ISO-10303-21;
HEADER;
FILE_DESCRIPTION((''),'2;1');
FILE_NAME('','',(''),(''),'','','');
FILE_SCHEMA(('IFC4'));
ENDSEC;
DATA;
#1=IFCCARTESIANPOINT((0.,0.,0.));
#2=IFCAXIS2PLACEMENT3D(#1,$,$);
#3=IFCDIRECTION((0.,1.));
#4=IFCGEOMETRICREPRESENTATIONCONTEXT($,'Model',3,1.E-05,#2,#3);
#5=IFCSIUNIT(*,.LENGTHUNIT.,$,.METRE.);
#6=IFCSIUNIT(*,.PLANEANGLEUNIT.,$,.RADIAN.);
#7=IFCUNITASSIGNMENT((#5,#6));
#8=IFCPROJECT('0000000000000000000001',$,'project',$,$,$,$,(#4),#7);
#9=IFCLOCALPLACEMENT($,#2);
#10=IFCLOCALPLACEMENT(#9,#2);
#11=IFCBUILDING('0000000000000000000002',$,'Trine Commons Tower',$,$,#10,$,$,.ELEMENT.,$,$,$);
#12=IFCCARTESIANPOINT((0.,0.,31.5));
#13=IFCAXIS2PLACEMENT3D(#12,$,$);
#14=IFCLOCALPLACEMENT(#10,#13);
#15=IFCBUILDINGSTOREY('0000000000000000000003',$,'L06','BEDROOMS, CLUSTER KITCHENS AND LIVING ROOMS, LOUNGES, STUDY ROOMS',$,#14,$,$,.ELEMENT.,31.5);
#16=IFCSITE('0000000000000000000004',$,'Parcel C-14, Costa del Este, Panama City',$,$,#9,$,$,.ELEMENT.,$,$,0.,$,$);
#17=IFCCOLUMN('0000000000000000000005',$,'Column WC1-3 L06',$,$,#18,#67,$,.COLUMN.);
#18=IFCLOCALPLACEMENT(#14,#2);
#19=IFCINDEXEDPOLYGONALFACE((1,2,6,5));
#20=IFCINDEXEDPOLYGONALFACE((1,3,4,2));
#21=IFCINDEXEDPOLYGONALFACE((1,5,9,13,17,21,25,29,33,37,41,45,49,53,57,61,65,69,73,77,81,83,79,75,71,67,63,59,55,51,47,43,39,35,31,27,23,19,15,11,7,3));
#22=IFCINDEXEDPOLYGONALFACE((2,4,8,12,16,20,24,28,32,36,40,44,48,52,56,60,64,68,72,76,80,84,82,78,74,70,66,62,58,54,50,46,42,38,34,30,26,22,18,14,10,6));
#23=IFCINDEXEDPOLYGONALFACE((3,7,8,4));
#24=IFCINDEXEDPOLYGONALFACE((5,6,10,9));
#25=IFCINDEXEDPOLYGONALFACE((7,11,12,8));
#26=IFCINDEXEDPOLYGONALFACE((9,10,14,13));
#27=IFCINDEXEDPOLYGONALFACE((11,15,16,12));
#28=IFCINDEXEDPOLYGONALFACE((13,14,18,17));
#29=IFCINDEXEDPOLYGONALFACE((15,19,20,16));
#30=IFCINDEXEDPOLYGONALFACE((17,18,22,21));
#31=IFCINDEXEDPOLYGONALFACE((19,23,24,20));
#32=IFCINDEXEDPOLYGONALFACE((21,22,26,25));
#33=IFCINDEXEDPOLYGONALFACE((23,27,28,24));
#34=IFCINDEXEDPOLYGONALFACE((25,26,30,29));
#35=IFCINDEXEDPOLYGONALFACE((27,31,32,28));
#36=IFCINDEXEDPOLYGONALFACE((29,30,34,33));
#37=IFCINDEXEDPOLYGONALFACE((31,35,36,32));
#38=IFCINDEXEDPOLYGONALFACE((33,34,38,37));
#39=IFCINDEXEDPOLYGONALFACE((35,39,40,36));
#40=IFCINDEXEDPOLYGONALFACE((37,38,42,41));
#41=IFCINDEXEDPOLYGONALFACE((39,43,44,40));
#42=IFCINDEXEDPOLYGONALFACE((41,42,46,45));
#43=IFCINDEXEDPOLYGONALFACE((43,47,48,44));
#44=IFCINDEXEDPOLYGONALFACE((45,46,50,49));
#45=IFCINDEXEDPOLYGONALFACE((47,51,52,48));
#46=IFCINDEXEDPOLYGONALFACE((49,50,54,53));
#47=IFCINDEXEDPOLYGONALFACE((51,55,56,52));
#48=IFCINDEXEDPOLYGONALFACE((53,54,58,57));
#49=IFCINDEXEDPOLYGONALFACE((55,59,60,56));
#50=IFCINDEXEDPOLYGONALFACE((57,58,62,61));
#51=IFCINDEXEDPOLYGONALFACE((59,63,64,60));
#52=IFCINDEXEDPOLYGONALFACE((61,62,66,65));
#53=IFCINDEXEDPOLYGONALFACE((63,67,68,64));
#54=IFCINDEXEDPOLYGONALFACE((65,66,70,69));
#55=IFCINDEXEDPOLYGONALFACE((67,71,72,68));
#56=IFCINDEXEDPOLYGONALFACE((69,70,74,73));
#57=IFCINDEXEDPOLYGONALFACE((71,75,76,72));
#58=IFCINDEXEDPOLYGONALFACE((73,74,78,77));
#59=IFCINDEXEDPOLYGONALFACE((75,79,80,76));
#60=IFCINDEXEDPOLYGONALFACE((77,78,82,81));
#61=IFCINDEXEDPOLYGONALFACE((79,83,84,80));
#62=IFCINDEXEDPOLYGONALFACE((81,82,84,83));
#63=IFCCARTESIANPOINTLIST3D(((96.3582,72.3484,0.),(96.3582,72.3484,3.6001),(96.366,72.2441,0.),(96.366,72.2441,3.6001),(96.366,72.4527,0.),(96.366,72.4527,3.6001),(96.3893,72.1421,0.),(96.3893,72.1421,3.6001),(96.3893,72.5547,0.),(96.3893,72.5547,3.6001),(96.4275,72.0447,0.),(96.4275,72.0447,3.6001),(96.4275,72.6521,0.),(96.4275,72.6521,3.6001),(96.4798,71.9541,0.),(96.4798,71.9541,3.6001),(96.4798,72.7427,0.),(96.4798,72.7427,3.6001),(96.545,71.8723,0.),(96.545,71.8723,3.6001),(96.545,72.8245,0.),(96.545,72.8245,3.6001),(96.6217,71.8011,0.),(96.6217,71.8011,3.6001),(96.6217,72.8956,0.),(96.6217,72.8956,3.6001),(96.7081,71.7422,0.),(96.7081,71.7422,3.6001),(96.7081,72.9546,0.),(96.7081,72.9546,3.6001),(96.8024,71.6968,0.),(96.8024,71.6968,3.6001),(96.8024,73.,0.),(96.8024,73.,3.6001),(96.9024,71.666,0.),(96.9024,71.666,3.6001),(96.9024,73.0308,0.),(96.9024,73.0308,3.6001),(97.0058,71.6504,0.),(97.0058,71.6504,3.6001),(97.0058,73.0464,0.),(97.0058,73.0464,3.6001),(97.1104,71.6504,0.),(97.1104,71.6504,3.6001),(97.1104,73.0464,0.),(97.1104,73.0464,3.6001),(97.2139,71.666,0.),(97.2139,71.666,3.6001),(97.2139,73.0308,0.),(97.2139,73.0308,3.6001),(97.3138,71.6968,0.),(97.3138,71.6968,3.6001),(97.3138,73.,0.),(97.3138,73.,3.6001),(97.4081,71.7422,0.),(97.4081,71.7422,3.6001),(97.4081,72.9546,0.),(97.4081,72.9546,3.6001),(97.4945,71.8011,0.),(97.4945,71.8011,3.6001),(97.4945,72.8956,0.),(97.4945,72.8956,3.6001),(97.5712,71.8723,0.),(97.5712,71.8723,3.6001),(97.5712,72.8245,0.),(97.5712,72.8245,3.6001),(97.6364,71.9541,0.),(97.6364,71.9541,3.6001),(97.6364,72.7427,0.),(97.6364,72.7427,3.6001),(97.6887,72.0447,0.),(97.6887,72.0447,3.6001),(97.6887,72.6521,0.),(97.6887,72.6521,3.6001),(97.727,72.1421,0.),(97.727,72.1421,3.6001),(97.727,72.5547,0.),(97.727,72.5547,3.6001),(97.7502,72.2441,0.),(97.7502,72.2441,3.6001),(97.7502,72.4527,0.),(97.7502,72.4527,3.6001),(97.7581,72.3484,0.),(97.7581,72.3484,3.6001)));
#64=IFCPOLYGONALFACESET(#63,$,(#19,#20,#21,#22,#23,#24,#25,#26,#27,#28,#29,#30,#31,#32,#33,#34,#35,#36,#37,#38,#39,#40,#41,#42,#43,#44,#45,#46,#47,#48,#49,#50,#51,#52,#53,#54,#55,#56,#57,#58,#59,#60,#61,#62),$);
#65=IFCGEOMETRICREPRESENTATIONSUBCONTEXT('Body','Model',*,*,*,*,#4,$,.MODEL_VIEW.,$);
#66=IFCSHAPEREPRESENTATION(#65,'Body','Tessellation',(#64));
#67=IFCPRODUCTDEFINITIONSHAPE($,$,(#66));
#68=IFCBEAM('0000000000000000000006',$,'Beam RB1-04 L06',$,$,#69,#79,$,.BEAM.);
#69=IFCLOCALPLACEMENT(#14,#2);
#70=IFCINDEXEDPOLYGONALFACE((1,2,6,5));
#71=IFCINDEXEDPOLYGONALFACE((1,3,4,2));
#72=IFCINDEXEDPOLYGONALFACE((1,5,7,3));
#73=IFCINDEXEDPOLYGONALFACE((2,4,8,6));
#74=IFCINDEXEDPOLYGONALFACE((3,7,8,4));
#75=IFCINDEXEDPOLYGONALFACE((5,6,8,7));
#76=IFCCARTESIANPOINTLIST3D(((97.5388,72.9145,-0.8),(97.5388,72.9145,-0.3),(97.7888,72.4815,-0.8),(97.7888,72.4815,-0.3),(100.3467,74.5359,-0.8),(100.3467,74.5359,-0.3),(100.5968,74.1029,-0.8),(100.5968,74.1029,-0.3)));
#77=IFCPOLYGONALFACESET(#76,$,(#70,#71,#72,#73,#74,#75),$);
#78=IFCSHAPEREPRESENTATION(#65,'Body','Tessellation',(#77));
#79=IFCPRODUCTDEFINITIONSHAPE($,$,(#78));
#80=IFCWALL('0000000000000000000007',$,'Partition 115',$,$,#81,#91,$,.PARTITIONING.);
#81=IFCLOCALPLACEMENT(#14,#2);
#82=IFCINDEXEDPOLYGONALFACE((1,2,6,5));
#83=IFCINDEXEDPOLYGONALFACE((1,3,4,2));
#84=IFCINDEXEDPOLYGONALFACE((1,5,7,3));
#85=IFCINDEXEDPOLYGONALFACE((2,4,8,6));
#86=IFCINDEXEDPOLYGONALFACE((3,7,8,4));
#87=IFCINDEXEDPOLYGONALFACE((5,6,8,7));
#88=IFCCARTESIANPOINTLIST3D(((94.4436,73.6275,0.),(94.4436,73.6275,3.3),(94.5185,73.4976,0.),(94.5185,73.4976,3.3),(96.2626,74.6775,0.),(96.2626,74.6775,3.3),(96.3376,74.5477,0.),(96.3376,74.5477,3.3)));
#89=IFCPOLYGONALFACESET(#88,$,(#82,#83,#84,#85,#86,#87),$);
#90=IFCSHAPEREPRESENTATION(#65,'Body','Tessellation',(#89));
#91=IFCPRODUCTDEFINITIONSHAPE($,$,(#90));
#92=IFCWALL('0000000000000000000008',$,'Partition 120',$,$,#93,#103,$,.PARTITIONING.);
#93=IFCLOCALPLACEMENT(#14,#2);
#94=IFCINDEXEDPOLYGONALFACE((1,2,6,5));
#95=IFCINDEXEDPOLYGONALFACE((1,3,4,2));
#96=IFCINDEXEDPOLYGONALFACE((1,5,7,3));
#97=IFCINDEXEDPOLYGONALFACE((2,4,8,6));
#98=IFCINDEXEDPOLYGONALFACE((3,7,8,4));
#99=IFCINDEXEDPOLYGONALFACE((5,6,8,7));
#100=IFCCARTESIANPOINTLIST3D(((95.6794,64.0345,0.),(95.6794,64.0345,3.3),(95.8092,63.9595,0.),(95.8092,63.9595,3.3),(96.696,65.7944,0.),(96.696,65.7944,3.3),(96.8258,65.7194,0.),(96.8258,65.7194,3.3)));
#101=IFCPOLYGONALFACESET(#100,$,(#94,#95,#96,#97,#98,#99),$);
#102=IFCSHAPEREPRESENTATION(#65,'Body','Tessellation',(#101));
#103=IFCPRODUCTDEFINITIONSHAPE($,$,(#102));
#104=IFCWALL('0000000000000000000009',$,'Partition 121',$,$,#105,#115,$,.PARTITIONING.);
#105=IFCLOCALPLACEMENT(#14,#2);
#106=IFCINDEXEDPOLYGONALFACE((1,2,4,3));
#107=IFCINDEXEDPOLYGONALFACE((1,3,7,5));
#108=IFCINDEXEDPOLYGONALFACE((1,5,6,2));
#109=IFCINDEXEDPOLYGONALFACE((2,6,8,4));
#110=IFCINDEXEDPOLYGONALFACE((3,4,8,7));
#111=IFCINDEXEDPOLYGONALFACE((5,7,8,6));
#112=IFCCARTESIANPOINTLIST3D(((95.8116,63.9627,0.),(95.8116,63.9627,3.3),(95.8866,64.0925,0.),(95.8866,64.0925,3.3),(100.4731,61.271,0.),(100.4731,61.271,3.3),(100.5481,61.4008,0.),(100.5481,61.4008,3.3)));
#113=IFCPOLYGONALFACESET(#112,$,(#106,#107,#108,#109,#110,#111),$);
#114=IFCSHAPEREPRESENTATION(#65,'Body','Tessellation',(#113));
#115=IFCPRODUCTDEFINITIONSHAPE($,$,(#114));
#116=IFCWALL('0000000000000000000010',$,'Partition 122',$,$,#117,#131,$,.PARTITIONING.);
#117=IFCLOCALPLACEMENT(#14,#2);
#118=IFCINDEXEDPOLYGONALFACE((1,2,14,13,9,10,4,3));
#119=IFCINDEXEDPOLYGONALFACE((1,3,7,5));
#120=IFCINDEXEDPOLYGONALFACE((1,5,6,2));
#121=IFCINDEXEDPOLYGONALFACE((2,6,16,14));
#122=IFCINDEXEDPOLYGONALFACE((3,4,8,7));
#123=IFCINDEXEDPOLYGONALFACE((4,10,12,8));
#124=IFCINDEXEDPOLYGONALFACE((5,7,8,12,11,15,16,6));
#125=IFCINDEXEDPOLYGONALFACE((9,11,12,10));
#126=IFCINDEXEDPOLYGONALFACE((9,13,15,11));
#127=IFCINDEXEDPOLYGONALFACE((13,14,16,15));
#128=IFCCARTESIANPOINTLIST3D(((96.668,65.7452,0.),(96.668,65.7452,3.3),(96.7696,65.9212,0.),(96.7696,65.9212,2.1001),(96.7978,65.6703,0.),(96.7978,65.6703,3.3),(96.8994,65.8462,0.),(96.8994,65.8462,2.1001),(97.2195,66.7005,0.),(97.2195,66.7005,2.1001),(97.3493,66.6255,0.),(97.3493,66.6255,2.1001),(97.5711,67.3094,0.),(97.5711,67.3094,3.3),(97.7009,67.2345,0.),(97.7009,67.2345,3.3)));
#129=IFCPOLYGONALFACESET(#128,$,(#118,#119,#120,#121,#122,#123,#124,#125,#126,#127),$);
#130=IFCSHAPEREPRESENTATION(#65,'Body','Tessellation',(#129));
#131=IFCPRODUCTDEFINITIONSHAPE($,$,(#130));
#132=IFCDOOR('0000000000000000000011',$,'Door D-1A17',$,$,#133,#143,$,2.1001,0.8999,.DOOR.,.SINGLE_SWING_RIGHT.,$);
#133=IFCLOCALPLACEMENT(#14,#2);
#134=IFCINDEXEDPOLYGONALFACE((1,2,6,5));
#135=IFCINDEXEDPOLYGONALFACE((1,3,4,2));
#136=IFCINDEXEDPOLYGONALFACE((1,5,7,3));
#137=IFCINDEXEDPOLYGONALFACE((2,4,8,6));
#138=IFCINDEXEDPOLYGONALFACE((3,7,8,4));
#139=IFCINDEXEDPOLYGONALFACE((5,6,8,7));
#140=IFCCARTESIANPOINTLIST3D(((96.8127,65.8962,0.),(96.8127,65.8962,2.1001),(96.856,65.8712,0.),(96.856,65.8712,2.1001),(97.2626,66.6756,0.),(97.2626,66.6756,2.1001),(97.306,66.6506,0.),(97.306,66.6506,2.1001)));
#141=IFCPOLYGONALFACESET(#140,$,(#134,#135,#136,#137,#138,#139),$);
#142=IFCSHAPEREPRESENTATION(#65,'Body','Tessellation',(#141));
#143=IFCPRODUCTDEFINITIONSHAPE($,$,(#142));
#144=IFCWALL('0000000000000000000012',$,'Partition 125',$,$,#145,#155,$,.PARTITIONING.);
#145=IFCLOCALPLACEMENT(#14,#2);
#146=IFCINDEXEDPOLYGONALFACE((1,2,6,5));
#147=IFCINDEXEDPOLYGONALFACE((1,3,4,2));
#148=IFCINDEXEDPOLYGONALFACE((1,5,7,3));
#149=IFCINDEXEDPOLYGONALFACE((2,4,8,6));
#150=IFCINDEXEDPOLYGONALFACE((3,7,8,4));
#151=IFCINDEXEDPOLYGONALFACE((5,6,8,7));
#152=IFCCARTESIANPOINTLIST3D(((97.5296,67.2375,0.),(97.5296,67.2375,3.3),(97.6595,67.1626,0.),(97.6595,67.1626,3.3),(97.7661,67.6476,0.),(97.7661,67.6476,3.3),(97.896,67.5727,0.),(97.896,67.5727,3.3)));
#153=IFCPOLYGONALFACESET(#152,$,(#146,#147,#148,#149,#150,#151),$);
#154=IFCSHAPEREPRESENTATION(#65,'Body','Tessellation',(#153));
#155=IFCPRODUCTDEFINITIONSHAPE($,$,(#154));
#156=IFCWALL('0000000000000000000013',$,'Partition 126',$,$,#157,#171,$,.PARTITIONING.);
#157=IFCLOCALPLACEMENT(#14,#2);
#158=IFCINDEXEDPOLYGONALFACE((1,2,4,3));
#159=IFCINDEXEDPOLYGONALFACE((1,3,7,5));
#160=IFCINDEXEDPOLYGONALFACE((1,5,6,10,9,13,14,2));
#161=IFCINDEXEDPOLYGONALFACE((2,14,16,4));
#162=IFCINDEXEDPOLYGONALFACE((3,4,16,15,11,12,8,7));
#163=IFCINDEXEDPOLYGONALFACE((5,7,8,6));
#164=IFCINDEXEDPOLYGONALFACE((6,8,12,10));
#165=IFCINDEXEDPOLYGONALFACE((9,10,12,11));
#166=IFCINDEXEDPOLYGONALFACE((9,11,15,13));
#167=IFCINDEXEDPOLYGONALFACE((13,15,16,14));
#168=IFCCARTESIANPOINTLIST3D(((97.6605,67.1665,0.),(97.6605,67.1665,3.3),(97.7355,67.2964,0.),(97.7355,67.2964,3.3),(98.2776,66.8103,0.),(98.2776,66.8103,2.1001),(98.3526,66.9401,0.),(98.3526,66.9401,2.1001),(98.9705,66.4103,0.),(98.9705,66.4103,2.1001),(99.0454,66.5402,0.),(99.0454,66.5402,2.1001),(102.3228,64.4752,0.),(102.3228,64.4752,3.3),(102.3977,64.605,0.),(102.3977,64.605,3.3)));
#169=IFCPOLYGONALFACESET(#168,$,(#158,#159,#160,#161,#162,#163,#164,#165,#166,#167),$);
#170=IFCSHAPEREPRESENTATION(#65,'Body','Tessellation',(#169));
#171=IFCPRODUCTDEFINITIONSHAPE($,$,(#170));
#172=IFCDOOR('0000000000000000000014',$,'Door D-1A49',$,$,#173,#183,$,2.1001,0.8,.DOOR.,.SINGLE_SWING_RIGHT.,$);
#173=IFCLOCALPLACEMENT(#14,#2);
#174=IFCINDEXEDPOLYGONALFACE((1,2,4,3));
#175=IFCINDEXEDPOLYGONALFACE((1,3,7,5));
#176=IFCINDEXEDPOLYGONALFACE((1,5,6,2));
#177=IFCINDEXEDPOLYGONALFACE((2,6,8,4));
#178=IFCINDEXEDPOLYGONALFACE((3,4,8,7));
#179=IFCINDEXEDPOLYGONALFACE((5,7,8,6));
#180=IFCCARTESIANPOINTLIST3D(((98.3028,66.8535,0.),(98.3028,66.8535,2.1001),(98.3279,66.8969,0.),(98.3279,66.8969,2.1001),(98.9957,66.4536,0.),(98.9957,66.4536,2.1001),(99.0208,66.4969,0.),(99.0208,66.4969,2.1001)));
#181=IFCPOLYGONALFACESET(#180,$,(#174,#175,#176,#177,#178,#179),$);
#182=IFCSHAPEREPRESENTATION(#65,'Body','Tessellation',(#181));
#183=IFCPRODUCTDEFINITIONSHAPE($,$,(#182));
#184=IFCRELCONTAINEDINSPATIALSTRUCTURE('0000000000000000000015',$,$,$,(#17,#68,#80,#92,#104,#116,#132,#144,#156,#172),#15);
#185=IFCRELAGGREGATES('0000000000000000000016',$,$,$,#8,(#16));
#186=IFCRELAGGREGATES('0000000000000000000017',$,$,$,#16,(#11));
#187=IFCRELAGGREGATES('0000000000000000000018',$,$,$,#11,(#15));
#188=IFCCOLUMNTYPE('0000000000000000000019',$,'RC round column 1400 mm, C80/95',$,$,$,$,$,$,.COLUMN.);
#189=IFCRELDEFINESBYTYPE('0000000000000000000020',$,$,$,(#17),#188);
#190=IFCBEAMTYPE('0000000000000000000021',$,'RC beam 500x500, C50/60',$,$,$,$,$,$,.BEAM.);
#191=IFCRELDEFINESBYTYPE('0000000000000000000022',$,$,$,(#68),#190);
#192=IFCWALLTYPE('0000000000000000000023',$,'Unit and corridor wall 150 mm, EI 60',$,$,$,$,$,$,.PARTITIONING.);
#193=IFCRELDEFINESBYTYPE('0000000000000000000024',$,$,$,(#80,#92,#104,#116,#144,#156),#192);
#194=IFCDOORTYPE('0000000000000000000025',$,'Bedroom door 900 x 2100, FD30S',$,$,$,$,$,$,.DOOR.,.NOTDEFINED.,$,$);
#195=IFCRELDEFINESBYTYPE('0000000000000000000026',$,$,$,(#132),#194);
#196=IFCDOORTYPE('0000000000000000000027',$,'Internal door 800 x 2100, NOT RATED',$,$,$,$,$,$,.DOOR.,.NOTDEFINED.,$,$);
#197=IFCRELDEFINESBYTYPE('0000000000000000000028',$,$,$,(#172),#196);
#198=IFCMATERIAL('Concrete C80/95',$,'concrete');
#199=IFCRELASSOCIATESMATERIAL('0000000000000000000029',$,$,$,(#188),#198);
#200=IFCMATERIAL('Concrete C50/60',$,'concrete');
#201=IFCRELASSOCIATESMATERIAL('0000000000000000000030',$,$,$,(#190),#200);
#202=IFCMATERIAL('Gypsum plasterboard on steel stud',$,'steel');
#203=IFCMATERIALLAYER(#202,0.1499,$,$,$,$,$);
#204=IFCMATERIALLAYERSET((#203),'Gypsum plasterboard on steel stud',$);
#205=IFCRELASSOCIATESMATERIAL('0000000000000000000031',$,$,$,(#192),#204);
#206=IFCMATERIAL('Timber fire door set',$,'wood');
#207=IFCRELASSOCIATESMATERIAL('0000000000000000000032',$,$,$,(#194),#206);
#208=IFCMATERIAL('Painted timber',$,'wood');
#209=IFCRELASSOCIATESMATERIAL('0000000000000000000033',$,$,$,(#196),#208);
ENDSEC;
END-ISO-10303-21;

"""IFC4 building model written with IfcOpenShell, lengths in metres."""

from ifc_helpers import new_model, si_unit, direction, frame, frame_2d, origin, origin_2d, place, context, subcontext, project, spatial, rectangle, circle, extrude, material, layer, layer_set, material_profile, profile_set, type_object, element, fill, save


model = new_model("IFC4")

# Units and contexts
model_context = context("Model", 3, precision=1e-05, world=origin(), true_north=direction((0.0, 1.0)))
body_context = subcontext(model_context, "Body", "Model", "MODEL_VIEW")
ifc_project = project(units=[si_unit("LENGTHUNIT", "METRE"), si_unit("PLANEANGLEUNIT", "RADIAN")], contexts=[model_context])

# Site, building, storey
site_placement = place(None, origin())
site = spatial("IfcSite", under=ifc_project, at=site_placement, Name="Parcel C-14, Costa del Este, Panama City", CompositionType="ELEMENT", RefElevation=0.0)
building_placement = place(site_placement, origin())
building = spatial("IfcBuilding", under=site, at=building_placement, Name="Trine Commons Tower", CompositionType="ELEMENT")
storey_placement = place(building_placement, frame((0.0, 0.0, 31.5)))
storey = spatial("IfcBuildingStorey", under=building, at=storey_placement, Name="L06", Description="BEDROOMS, CLUSTER KITCHENS AND LIVING ROOMS, LOUNGES, STUDY ROOMS", CompositionType="ELEMENT", Elevation=31.5)

# Column
ifc_material_1 = material(Name="Concrete C80/95", Category="concrete")
ifc_material_profile_1 = material_profile(ifc_material_1, circle(Radius=0.7, at=origin_2d()), Name="RC round 1400")
ifc_profile_set_1 = profile_set([ifc_material_profile_1], Name="Concrete C80/95")
column_type = type_object("IfcColumnType", Name="RC round column 1400 mm, C80/95", PredefinedType="COLUMN", material=ifc_profile_set_1)
column_placement = place(storey_placement, frame((97.0581, 72.3484, 0.0), z_axis=(0.0, 0.0, 1.0), x_axis=(1.0, 0.0, 0.0)))
element("IfcColumn", 1, at=column_placement, inside=storey, type_object=column_type, Name="Column WC1-3 L06", PredefinedType="COLUMN", context=body_context, shape_type="SweptSolid", body=[
    extrude(circle(Radius=0.7, at=origin_2d()), origin(), (0.0, 0.0, 1.0), 3.6001),
])

# Beam
ifc_material_2 = material(Name="Concrete C50/60", Category="concrete")
ifc_material_profile_2 = material_profile(ifc_material_2, rectangle(XDim=0.5, YDim=0.5, at=origin_2d()), Name="RC 500x500")
ifc_profile_set_2 = profile_set([ifc_material_profile_2], Name="Concrete C50/60")
beam_type = type_object("IfcBeamType", Name="RC beam 500x500, C50/60", PredefinedType="BEAM", material=ifc_profile_set_2)
beam_placement = place(storey_placement, frame((97.6638, 72.698, -0.55), z_axis=(0.865996, 0.500051, 0.0), x_axis=(-0.500051, 0.865996, 0.0)))
element("IfcBeam", 2, at=beam_placement, inside=storey, type_object=beam_type, Name="Beam RB1-04 L06", PredefinedType="BEAM", context=body_context, shape_type="SweptSolid", body=[
    extrude(rectangle(XDim=0.5, YDim=0.5, at=origin_2d()), origin(), (0.0, 0.0, 1.0), 3.2424),
])

# Walls
ifc_material_3 = material(Name="Gypsum plasterboard on steel stud", Category="steel")
ifc_layer_1 = layer(ifc_material_3, 0.1499)
ifc_layer_set_1 = layer_set([ifc_layer_1], Name="Gypsum plasterboard on steel stud")
wall_type_1 = type_object("IfcWallType", Name="Unit and corridor wall 150 mm, EI 60", PredefinedType="PARTITIONING", material=ifc_layer_set_1)
wall_1_placement = place(storey_placement, frame((94.481, 73.5625, 0.0), z_axis=(0.0, 0.0, 1.0), x_axis=(0.866068, 0.499927, 0.0)))
element("IfcWall", 3, at=wall_1_placement, inside=storey, type_object=wall_type_1, Name="Partition 115", PredefinedType="PARTITIONING", context=body_context, shape_type="SweptSolid", body=[
    extrude(rectangle(XDim=2.1003, YDim=0.1499, at=frame_2d((1.0503, 0.0))), origin(), (0.0, 0.0, 1.0), 3.3),
])
wall_2_placement = place(storey_placement, frame((95.7444, 63.9971, 0.0), z_axis=(0.0, 0.0, 1.0), x_axis=(0.50017, 0.865928, 0.0)))
element("IfcWall", 4, at=wall_2_placement, inside=storey, type_object=wall_type_1, Name="Partition 120", PredefinedType="PARTITIONING", context=body_context, shape_type="SweptSolid", body=[
    extrude(rectangle(XDim=2.0325, YDim=0.1499, at=frame_2d((1.0161, 0.0))), origin(), (0.0, 0.0, 1.0), 3.3),
])
wall_3_placement = place(storey_placement, frame((95.8491, 64.0276, 0.0), z_axis=(0.0, 0.0, 1.0), x_axis=(0.865993, -0.500056, 0.0)))
element("IfcWall", 5, at=wall_3_placement, inside=storey, type_object=wall_type_1, Name="Partition 121", PredefinedType="PARTITIONING", context=body_context, shape_type="SweptSolid", body=[
    extrude(rectangle(XDim=5.3828, YDim=0.1499, at=frame_2d((2.6914, 0.0))), origin(), (0.0, 0.0, 1.0), 3.3),
])

# Wall, opening, door
wall_4_placement = place(storey_placement, frame((96.7329, 65.7078, 0.0), z_axis=(0.0, 0.0, 1.0), x_axis=(0.499992, 0.86603, 0.0)))
wall_4 = element("IfcWall", 6, at=wall_4_placement, inside=storey, type_object=wall_type_1, Name="Partition 122", PredefinedType="PARTITIONING", context=body_context, shape_type="SweptSolid", body=[
    extrude(rectangle(XDim=1.8062, YDim=0.1499, at=frame_2d((0.9031, 0.0))), origin(), (0.0, 0.0, 1.0), 3.3),
])
opening_1_placement = place(wall_4_placement, frame((0.2031, 0.0, 0.0)))
opening_1 = element("IfcOpeningElement", 7, at=opening_1_placement, cuts=wall_4, PredefinedType="OPENING", context=body_context, shape_type="SweptSolid", body=[
    extrude(rectangle(XDim=0.8999, YDim=2.1001, at=frame_2d((0.45, 1.05))), frame((0.0, 0.085, 0.0), z_axis=(0.0, -1.0, 0.0), x_axis=(1.0, 0.0, 0.0)), (0.0, 0.0, 1.0), 0.1699),
])
ifc_material_4 = material(Name="Timber fire door set", Category="wood")
door_type_1 = type_object("IfcDoorType", Name="Bedroom door 900 x 2100, FD30S", OperationType="NOTDEFINED", PredefinedType="DOOR", material=ifc_material_4)
door_1_placement = place(opening_1_placement, frame((0.8999, 0.0, 0.0), z_axis=(0.0, 0.0, 1.0), x_axis=(-1.0, 0.0, 0.0)))
door_1 = element("IfcDoor", 8, at=door_1_placement, inside=storey, type_object=door_type_1, Name="Door D-1A17", OperationType="SINGLE_SWING_RIGHT", OverallHeight=2.1001, OverallWidth=0.8999, PredefinedType="DOOR", context=body_context, shape_type="SweptSolid", body=[
    extrude(rectangle(XDim=0.8999, YDim=2.1001, at=frame_2d((0.45, 1.05))), frame((0.0, 0.0249, 0.0), z_axis=(0.0, -1.0, 0.0), x_axis=(1.0, 0.0, 0.0)), (0.0, 0.0, 1.0), 0.05),
])
fill(opening_1, door_1)

# Wall
wall_5_placement = place(storey_placement, frame((97.5945, 67.2, 0.0), z_axis=(0.0, 0.0, 1.0), x_axis=(0.499633, 0.866237, 0.0)))
element("IfcWall", 9, at=wall_5_placement, inside=storey, type_object=wall_type_1, Name="Partition 125", PredefinedType="PARTITIONING", context=body_context, shape_type="SweptSolid", body=[
    extrude(rectangle(XDim=0.4734, YDim=0.1499, at=frame_2d((0.2368, 0.0))), origin(), (0.0, 0.0, 1.0), 3.3),
])

# Wall, opening, door
wall_6_placement = place(storey_placement, frame((97.698, 67.2314, 0.0), z_axis=(0.0, 0.0, 1.0), x_axis=(0.866058, -0.499944, 0.0)))
wall_6 = element("IfcWall", 10, at=wall_6_placement, inside=storey, type_object=wall_type_1, Name="Partition 126", PredefinedType="PARTITIONING", context=body_context, shape_type="SweptSolid", body=[
    extrude(rectangle(XDim=5.3833, YDim=0.1499, at=frame_2d((2.6917, 0.0))), origin(), (0.0, 0.0, 1.0), 3.3),
])
opening_2_placement = place(wall_6_placement, frame((0.7126, 0.0, 0.0)))
opening_2 = element("IfcOpeningElement", 11, at=opening_2_placement, cuts=wall_6, PredefinedType="OPENING", context=body_context, shape_type="SweptSolid", body=[
    extrude(rectangle(XDim=0.8, YDim=2.1001, at=frame_2d((0.3999, 1.05))), frame((0.0, 0.085, 0.0), z_axis=(0.0, -1.0, 0.0), x_axis=(1.0, 0.0, 0.0)), (0.0, 0.0, 1.0), 0.1699),
])
ifc_material_5 = material(Name="Painted timber", Category="wood")
door_type_2 = type_object("IfcDoorType", Name="Internal door 800 x 2100, NOT RATED", OperationType="NOTDEFINED", PredefinedType="DOOR", material=ifc_material_5)
door_2_placement = place(opening_2_placement, frame((0.8, 0.0, 0.0), z_axis=(0.0, 0.0, 1.0), x_axis=(-1.0, 0.0, 0.0)))
door_2 = element("IfcDoor", 12, at=door_2_placement, inside=storey, type_object=door_type_2, Name="Door D-1A49", OperationType="SINGLE_SWING_RIGHT", OverallHeight=2.1001, OverallWidth=0.8, PredefinedType="DOOR", context=body_context, shape_type="SweptSolid", body=[
    extrude(rectangle(XDim=0.8, YDim=2.1001, at=frame_2d((0.3999, 1.05))), frame((0.0, 0.0249, 0.0), z_axis=(0.0, -1.0, 0.0), x_axis=(1.0, 0.0, 0.0)), (0.0, 0.0, 1.0), 0.05),
])
fill(opening_2, door_2)

save(model, "model.ifc")
